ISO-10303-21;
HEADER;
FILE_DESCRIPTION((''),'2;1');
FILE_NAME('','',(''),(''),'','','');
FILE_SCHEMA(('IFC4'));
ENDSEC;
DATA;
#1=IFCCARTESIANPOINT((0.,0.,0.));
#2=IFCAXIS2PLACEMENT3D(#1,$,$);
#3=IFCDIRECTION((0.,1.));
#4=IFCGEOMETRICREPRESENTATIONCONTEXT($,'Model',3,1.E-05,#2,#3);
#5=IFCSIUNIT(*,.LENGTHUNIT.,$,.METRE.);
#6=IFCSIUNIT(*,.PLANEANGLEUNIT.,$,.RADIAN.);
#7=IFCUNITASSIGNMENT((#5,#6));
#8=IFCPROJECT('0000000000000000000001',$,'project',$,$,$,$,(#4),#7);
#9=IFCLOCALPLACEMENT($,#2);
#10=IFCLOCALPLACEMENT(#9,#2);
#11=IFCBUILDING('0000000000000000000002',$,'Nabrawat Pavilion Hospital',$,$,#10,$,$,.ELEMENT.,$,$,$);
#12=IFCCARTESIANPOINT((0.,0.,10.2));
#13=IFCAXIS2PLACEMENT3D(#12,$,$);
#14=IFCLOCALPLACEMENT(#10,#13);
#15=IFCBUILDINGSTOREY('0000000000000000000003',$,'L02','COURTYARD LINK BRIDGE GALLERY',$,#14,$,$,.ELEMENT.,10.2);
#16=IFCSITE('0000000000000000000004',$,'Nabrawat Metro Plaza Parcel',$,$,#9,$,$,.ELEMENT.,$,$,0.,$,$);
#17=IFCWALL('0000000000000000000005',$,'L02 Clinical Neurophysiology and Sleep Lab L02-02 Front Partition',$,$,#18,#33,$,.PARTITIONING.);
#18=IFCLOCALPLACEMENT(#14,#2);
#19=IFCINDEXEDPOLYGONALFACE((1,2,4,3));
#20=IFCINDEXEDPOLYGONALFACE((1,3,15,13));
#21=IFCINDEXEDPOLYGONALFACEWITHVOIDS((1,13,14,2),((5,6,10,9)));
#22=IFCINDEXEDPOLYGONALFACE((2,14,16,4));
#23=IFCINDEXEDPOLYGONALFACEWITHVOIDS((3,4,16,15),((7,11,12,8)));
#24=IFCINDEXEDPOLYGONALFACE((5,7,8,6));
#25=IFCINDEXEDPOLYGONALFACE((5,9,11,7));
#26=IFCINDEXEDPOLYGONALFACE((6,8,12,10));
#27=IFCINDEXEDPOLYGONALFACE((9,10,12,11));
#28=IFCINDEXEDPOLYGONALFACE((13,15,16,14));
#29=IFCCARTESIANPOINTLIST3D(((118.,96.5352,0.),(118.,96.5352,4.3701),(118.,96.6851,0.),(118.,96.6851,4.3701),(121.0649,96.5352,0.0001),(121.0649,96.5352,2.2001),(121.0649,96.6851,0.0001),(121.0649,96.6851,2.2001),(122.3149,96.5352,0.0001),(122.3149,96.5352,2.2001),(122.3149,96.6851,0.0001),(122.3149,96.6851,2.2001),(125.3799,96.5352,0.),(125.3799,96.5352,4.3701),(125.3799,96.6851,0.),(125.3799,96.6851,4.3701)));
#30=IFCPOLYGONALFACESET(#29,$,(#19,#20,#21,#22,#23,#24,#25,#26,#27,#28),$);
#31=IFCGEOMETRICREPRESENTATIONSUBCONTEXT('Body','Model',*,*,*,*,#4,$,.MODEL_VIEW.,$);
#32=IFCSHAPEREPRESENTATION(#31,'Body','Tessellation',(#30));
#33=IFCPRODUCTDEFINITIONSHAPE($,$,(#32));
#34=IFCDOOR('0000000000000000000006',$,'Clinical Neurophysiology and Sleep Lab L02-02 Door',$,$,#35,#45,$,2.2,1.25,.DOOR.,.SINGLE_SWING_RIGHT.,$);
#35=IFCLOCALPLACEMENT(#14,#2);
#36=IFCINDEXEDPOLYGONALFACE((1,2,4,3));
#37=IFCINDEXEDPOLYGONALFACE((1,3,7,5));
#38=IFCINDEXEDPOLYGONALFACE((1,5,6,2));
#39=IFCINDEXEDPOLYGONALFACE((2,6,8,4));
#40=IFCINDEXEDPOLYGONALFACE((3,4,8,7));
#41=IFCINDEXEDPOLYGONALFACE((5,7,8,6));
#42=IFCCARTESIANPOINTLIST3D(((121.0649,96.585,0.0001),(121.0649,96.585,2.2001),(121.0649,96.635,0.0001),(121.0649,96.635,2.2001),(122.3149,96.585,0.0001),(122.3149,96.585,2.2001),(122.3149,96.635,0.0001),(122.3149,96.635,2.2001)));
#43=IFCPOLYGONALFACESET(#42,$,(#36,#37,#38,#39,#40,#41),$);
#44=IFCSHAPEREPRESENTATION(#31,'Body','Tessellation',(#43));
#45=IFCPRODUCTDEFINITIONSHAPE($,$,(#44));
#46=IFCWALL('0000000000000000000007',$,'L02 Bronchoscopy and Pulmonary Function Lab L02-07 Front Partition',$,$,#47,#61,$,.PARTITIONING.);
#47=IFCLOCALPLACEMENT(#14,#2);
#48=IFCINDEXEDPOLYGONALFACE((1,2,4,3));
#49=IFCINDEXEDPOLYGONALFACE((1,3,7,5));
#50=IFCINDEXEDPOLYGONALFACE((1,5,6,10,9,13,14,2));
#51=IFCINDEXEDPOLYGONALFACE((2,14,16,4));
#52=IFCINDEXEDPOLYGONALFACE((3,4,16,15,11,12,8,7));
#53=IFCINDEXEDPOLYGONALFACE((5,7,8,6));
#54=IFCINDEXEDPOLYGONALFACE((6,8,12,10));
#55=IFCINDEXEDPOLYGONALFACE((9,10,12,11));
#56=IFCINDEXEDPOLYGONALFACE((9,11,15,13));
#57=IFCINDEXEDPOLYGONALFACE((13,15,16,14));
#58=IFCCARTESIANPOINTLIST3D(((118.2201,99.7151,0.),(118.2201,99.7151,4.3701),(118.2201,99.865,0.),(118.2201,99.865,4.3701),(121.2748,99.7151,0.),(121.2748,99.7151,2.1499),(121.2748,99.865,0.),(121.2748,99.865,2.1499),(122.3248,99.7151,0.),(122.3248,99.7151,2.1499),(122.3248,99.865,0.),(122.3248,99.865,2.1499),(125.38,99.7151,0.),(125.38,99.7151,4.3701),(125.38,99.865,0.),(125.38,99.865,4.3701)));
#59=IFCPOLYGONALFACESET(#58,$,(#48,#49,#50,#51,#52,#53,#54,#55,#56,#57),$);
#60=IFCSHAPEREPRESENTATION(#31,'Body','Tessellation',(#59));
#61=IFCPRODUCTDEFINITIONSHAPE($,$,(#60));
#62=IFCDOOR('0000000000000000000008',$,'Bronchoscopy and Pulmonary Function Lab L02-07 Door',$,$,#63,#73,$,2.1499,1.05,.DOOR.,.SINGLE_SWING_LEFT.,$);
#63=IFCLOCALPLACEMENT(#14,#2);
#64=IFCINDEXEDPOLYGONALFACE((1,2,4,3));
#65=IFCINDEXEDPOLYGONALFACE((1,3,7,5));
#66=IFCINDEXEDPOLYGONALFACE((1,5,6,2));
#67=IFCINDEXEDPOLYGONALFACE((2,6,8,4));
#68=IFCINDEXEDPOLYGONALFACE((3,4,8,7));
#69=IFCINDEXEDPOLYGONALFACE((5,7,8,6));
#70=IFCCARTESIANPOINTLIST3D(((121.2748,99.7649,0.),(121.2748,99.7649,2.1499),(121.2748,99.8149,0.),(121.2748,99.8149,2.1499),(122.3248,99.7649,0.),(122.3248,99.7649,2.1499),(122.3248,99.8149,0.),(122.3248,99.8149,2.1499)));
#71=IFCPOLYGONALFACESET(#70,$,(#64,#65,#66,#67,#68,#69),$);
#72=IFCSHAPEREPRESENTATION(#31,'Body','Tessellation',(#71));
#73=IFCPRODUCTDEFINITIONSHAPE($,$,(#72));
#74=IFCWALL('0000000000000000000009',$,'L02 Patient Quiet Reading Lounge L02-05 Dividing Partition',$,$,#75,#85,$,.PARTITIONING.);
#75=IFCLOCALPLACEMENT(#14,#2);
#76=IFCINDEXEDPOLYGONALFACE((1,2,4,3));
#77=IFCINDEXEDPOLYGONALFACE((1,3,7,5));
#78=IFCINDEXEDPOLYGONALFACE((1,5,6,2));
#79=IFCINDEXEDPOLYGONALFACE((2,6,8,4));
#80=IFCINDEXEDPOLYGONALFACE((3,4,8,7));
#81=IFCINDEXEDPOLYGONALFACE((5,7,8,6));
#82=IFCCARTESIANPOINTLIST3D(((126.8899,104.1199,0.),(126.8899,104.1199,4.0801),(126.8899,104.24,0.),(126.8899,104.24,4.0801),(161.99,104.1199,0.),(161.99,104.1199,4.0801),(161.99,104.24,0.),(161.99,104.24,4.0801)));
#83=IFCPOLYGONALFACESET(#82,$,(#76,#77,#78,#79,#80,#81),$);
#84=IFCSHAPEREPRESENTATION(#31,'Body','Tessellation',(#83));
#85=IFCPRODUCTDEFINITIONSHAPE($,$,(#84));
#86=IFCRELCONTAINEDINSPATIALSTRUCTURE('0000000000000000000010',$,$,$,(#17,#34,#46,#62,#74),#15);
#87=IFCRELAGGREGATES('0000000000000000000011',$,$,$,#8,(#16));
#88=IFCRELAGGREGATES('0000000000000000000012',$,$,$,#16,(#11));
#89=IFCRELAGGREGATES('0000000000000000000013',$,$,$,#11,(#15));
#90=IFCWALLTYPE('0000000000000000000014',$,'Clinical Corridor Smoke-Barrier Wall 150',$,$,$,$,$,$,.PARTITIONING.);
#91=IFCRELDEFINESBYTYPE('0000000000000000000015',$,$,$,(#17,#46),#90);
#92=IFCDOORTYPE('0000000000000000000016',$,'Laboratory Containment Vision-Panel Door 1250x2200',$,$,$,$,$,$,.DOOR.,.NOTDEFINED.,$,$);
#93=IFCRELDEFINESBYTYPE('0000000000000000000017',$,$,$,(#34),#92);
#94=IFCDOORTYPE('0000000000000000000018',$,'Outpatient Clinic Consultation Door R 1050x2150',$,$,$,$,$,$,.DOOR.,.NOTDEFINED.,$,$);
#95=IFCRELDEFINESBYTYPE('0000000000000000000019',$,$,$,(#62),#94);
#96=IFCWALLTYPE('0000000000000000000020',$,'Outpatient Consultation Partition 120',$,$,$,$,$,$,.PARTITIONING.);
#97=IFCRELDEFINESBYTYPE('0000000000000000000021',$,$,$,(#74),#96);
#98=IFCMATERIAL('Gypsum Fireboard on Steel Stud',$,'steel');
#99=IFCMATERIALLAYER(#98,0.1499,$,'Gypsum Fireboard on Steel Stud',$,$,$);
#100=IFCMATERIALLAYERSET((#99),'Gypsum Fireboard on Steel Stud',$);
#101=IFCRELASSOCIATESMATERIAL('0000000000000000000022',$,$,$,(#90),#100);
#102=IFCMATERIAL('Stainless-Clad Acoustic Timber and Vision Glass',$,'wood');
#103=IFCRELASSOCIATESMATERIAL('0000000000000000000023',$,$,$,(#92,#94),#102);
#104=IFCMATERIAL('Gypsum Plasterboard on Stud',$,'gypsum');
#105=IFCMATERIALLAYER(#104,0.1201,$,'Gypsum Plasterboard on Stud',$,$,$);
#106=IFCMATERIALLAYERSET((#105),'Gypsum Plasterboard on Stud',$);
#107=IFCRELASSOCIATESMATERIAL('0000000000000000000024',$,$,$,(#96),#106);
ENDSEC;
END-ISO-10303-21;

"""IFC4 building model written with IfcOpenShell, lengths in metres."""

from ifc_helpers import new_model, si_unit, direction, frame, frame_2d, origin, place, context, subcontext, project, spatial, rectangle, extrude, material, layer, layer_set, type_object, element, fill, save


model = new_model("IFC4")

# Units and contexts
model_context = context("Model", 3, precision=1e-05, world=origin(), true_north=direction((0.0, 1.0)))
body_context = subcontext(model_context, "Body", "Model", "MODEL_VIEW")
ifc_project = project(units=[si_unit("LENGTHUNIT", "METRE"), si_unit("PLANEANGLEUNIT", "RADIAN")], contexts=[model_context])

# Site, building, storey
site_placement = place(None, origin())
site = spatial("IfcSite", under=ifc_project, at=site_placement, Name="Nabrawat Metro Plaza Parcel", CompositionType="ELEMENT", RefElevation=0.0)
building_placement = place(site_placement, origin())
building = spatial("IfcBuilding", under=site, at=building_placement, Name="Nabrawat Pavilion Hospital", CompositionType="ELEMENT")
storey_placement = place(building_placement, frame((0.0, 0.0, 10.2)))
storey = spatial("IfcBuildingStorey", under=building, at=storey_placement, Name="L02", Description="COURTYARD LINK BRIDGE GALLERY", CompositionType="ELEMENT", Elevation=10.2)

# Walls, openings, doors
ifc_material_1 = material(Name="Gypsum Fireboard on Steel Stud", Category="steel")
ifc_layer_1 = layer(ifc_material_1, 0.1499, Name="Gypsum Fireboard on Steel Stud")
ifc_layer_set_1 = layer_set([ifc_layer_1], Name="Gypsum Fireboard on Steel Stud")
wall_type_1 = type_object("IfcWallType", Name="Clinical Corridor Smoke-Barrier Wall 150", PredefinedType="PARTITIONING", material=ifc_layer_set_1)
wall_1_placement = place(storey_placement, frame((118.0, 96.6101, 0.0), z_axis=(0.0, 0.0, 1.0), x_axis=(1.0, 0.0, 0.0)))
wall_1 = element("IfcWall", 1, at=wall_1_placement, inside=storey, type_object=wall_type_1, Name="L02 Clinical Neurophysiology and Sleep Lab L02-02 Front Partition", PredefinedType="PARTITIONING", context=body_context, shape_type="SweptSolid", body=[
    extrude(rectangle(XDim=7.3799, YDim=0.1499, at=frame_2d((3.6899, 0.0))), origin(), (0.0, 0.0, 1.0), 4.3701),
])
opening_1_placement = place(wall_1_placement, frame((3.0649, 0.0, 0.0)))
opening_1 = element("IfcOpeningElement", 2, at=opening_1_placement, cuts=wall_1, PredefinedType="OPENING", context=body_context, shape_type="SweptSolid", body=[
    extrude(rectangle(XDim=1.25, YDim=2.2, at=frame_2d((0.625, 1.1001))), frame((0.0, 0.085, 0.0), z_axis=(0.0, -1.0, 0.0), x_axis=(1.0, 0.0, 0.0)), (0.0, 0.0, 1.0), 0.1699),
])
ifc_material_2 = material(Name="Stainless-Clad Acoustic Timber and Vision Glass", Category="wood")
door_type_1 = type_object("IfcDoorType", Name="Laboratory Containment Vision-Panel Door 1250x2200", OperationType="NOTDEFINED", PredefinedType="DOOR", material=ifc_material_2)
door_1_placement = place(opening_1_placement, origin())
door_1 = element("IfcDoor", 3, at=door_1_placement, inside=storey, type_object=door_type_1, Name="Clinical Neurophysiology and Sleep Lab L02-02 Door", OperationType="SINGLE_SWING_RIGHT", OverallHeight=2.2, OverallWidth=1.25, PredefinedType="DOOR", context=body_context, shape_type="SweptSolid", body=[
    extrude(rectangle(XDim=1.25, YDim=2.2, at=frame_2d((0.625, 1.1001))), frame((0.0, 0.0249, 0.0), z_axis=(0.0, -1.0, 0.0), x_axis=(1.0, 0.0, 0.0)), (0.0, 0.0, 1.0), 0.05),
])
fill(opening_1, door_1)
wall_2_placement = place(storey_placement, frame((118.22, 99.79, 0.0), z_axis=(0.0, 0.0, 1.0), x_axis=(1.0, 0.0, 0.0)))
wall_2 = element("IfcWall", 4, at=wall_2_placement, inside=storey, type_object=wall_type_1, Name="L02 Bronchoscopy and Pulmonary Function Lab L02-07 Front Partition", PredefinedType="PARTITIONING", context=body_context, shape_type="SweptSolid", body=[
    extrude(rectangle(XDim=7.1599, YDim=0.1499, at=frame_2d((3.5801, 0.0))), origin(), (0.0, 0.0, 1.0), 4.3701),
])
opening_2_placement = place(wall_2_placement, frame((3.0549, 0.0, 0.0)))
opening_2 = element("IfcOpeningElement", 5, at=opening_2_placement, cuts=wall_2, PredefinedType="OPENING", context=body_context, shape_type="SweptSolid", body=[
    extrude(rectangle(XDim=1.05, YDim=2.1499, at=frame_2d((0.5249, 1.075))), frame((0.0, 0.085, 0.0), z_axis=(0.0, -1.0, 0.0), x_axis=(1.0, 0.0, 0.0)), (0.0, 0.0, 1.0), 0.1699),
])
door_type_2 = type_object("IfcDoorType", Name="Outpatient Clinic Consultation Door R 1050x2150", OperationType="NOTDEFINED", PredefinedType="DOOR", material=ifc_material_2)
door_2_placement = place(opening_2_placement, origin())
door_2 = element("IfcDoor", 6, at=door_2_placement, inside=storey, type_object=door_type_2, Name="Bronchoscopy and Pulmonary Function Lab L02-07 Door", OperationType="SINGLE_SWING_LEFT", OverallHeight=2.1499, OverallWidth=1.05, PredefinedType="DOOR", context=body_context, shape_type="SweptSolid", body=[
    extrude(rectangle(XDim=1.05, YDim=2.1499, at=frame_2d((0.5249, 1.075))), frame((0.0, 0.0249, 0.0), z_axis=(0.0, -1.0, 0.0), x_axis=(1.0, 0.0, 0.0)), (0.0, 0.0, 1.0), 0.05),
])
fill(opening_2, door_2)

# Wall
ifc_material_3 = material(Name="Gypsum Plasterboard on Stud", Category="gypsum")
ifc_layer_2 = layer(ifc_material_3, 0.1201, Name="Gypsum Plasterboard on Stud")
ifc_layer_set_2 = layer_set([ifc_layer_2], Name="Gypsum Plasterboard on Stud")
wall_type_2 = type_object("IfcWallType", Name="Outpatient Consultation Partition 120", PredefinedType="PARTITIONING", material=ifc_layer_set_2)
wall_3_placement = place(storey_placement, frame((126.8899, 104.1799, 0.0), z_axis=(0.0, 0.0, 1.0), x_axis=(1.0, 0.0, 0.0)))
element("IfcWall", 7, at=wall_3_placement, inside=storey, type_object=wall_type_2, Name="L02 Patient Quiet Reading Lounge L02-05 Dividing Partition", PredefinedType="PARTITIONING", context=body_context, shape_type="SweptSolid", body=[
    extrude(rectangle(XDim=35.1001, YDim=0.1201, at=frame_2d((17.55, 0.0))), origin(), (0.0, 0.0, 1.0), 4.0801),
])

save(model, "model.ifc")
